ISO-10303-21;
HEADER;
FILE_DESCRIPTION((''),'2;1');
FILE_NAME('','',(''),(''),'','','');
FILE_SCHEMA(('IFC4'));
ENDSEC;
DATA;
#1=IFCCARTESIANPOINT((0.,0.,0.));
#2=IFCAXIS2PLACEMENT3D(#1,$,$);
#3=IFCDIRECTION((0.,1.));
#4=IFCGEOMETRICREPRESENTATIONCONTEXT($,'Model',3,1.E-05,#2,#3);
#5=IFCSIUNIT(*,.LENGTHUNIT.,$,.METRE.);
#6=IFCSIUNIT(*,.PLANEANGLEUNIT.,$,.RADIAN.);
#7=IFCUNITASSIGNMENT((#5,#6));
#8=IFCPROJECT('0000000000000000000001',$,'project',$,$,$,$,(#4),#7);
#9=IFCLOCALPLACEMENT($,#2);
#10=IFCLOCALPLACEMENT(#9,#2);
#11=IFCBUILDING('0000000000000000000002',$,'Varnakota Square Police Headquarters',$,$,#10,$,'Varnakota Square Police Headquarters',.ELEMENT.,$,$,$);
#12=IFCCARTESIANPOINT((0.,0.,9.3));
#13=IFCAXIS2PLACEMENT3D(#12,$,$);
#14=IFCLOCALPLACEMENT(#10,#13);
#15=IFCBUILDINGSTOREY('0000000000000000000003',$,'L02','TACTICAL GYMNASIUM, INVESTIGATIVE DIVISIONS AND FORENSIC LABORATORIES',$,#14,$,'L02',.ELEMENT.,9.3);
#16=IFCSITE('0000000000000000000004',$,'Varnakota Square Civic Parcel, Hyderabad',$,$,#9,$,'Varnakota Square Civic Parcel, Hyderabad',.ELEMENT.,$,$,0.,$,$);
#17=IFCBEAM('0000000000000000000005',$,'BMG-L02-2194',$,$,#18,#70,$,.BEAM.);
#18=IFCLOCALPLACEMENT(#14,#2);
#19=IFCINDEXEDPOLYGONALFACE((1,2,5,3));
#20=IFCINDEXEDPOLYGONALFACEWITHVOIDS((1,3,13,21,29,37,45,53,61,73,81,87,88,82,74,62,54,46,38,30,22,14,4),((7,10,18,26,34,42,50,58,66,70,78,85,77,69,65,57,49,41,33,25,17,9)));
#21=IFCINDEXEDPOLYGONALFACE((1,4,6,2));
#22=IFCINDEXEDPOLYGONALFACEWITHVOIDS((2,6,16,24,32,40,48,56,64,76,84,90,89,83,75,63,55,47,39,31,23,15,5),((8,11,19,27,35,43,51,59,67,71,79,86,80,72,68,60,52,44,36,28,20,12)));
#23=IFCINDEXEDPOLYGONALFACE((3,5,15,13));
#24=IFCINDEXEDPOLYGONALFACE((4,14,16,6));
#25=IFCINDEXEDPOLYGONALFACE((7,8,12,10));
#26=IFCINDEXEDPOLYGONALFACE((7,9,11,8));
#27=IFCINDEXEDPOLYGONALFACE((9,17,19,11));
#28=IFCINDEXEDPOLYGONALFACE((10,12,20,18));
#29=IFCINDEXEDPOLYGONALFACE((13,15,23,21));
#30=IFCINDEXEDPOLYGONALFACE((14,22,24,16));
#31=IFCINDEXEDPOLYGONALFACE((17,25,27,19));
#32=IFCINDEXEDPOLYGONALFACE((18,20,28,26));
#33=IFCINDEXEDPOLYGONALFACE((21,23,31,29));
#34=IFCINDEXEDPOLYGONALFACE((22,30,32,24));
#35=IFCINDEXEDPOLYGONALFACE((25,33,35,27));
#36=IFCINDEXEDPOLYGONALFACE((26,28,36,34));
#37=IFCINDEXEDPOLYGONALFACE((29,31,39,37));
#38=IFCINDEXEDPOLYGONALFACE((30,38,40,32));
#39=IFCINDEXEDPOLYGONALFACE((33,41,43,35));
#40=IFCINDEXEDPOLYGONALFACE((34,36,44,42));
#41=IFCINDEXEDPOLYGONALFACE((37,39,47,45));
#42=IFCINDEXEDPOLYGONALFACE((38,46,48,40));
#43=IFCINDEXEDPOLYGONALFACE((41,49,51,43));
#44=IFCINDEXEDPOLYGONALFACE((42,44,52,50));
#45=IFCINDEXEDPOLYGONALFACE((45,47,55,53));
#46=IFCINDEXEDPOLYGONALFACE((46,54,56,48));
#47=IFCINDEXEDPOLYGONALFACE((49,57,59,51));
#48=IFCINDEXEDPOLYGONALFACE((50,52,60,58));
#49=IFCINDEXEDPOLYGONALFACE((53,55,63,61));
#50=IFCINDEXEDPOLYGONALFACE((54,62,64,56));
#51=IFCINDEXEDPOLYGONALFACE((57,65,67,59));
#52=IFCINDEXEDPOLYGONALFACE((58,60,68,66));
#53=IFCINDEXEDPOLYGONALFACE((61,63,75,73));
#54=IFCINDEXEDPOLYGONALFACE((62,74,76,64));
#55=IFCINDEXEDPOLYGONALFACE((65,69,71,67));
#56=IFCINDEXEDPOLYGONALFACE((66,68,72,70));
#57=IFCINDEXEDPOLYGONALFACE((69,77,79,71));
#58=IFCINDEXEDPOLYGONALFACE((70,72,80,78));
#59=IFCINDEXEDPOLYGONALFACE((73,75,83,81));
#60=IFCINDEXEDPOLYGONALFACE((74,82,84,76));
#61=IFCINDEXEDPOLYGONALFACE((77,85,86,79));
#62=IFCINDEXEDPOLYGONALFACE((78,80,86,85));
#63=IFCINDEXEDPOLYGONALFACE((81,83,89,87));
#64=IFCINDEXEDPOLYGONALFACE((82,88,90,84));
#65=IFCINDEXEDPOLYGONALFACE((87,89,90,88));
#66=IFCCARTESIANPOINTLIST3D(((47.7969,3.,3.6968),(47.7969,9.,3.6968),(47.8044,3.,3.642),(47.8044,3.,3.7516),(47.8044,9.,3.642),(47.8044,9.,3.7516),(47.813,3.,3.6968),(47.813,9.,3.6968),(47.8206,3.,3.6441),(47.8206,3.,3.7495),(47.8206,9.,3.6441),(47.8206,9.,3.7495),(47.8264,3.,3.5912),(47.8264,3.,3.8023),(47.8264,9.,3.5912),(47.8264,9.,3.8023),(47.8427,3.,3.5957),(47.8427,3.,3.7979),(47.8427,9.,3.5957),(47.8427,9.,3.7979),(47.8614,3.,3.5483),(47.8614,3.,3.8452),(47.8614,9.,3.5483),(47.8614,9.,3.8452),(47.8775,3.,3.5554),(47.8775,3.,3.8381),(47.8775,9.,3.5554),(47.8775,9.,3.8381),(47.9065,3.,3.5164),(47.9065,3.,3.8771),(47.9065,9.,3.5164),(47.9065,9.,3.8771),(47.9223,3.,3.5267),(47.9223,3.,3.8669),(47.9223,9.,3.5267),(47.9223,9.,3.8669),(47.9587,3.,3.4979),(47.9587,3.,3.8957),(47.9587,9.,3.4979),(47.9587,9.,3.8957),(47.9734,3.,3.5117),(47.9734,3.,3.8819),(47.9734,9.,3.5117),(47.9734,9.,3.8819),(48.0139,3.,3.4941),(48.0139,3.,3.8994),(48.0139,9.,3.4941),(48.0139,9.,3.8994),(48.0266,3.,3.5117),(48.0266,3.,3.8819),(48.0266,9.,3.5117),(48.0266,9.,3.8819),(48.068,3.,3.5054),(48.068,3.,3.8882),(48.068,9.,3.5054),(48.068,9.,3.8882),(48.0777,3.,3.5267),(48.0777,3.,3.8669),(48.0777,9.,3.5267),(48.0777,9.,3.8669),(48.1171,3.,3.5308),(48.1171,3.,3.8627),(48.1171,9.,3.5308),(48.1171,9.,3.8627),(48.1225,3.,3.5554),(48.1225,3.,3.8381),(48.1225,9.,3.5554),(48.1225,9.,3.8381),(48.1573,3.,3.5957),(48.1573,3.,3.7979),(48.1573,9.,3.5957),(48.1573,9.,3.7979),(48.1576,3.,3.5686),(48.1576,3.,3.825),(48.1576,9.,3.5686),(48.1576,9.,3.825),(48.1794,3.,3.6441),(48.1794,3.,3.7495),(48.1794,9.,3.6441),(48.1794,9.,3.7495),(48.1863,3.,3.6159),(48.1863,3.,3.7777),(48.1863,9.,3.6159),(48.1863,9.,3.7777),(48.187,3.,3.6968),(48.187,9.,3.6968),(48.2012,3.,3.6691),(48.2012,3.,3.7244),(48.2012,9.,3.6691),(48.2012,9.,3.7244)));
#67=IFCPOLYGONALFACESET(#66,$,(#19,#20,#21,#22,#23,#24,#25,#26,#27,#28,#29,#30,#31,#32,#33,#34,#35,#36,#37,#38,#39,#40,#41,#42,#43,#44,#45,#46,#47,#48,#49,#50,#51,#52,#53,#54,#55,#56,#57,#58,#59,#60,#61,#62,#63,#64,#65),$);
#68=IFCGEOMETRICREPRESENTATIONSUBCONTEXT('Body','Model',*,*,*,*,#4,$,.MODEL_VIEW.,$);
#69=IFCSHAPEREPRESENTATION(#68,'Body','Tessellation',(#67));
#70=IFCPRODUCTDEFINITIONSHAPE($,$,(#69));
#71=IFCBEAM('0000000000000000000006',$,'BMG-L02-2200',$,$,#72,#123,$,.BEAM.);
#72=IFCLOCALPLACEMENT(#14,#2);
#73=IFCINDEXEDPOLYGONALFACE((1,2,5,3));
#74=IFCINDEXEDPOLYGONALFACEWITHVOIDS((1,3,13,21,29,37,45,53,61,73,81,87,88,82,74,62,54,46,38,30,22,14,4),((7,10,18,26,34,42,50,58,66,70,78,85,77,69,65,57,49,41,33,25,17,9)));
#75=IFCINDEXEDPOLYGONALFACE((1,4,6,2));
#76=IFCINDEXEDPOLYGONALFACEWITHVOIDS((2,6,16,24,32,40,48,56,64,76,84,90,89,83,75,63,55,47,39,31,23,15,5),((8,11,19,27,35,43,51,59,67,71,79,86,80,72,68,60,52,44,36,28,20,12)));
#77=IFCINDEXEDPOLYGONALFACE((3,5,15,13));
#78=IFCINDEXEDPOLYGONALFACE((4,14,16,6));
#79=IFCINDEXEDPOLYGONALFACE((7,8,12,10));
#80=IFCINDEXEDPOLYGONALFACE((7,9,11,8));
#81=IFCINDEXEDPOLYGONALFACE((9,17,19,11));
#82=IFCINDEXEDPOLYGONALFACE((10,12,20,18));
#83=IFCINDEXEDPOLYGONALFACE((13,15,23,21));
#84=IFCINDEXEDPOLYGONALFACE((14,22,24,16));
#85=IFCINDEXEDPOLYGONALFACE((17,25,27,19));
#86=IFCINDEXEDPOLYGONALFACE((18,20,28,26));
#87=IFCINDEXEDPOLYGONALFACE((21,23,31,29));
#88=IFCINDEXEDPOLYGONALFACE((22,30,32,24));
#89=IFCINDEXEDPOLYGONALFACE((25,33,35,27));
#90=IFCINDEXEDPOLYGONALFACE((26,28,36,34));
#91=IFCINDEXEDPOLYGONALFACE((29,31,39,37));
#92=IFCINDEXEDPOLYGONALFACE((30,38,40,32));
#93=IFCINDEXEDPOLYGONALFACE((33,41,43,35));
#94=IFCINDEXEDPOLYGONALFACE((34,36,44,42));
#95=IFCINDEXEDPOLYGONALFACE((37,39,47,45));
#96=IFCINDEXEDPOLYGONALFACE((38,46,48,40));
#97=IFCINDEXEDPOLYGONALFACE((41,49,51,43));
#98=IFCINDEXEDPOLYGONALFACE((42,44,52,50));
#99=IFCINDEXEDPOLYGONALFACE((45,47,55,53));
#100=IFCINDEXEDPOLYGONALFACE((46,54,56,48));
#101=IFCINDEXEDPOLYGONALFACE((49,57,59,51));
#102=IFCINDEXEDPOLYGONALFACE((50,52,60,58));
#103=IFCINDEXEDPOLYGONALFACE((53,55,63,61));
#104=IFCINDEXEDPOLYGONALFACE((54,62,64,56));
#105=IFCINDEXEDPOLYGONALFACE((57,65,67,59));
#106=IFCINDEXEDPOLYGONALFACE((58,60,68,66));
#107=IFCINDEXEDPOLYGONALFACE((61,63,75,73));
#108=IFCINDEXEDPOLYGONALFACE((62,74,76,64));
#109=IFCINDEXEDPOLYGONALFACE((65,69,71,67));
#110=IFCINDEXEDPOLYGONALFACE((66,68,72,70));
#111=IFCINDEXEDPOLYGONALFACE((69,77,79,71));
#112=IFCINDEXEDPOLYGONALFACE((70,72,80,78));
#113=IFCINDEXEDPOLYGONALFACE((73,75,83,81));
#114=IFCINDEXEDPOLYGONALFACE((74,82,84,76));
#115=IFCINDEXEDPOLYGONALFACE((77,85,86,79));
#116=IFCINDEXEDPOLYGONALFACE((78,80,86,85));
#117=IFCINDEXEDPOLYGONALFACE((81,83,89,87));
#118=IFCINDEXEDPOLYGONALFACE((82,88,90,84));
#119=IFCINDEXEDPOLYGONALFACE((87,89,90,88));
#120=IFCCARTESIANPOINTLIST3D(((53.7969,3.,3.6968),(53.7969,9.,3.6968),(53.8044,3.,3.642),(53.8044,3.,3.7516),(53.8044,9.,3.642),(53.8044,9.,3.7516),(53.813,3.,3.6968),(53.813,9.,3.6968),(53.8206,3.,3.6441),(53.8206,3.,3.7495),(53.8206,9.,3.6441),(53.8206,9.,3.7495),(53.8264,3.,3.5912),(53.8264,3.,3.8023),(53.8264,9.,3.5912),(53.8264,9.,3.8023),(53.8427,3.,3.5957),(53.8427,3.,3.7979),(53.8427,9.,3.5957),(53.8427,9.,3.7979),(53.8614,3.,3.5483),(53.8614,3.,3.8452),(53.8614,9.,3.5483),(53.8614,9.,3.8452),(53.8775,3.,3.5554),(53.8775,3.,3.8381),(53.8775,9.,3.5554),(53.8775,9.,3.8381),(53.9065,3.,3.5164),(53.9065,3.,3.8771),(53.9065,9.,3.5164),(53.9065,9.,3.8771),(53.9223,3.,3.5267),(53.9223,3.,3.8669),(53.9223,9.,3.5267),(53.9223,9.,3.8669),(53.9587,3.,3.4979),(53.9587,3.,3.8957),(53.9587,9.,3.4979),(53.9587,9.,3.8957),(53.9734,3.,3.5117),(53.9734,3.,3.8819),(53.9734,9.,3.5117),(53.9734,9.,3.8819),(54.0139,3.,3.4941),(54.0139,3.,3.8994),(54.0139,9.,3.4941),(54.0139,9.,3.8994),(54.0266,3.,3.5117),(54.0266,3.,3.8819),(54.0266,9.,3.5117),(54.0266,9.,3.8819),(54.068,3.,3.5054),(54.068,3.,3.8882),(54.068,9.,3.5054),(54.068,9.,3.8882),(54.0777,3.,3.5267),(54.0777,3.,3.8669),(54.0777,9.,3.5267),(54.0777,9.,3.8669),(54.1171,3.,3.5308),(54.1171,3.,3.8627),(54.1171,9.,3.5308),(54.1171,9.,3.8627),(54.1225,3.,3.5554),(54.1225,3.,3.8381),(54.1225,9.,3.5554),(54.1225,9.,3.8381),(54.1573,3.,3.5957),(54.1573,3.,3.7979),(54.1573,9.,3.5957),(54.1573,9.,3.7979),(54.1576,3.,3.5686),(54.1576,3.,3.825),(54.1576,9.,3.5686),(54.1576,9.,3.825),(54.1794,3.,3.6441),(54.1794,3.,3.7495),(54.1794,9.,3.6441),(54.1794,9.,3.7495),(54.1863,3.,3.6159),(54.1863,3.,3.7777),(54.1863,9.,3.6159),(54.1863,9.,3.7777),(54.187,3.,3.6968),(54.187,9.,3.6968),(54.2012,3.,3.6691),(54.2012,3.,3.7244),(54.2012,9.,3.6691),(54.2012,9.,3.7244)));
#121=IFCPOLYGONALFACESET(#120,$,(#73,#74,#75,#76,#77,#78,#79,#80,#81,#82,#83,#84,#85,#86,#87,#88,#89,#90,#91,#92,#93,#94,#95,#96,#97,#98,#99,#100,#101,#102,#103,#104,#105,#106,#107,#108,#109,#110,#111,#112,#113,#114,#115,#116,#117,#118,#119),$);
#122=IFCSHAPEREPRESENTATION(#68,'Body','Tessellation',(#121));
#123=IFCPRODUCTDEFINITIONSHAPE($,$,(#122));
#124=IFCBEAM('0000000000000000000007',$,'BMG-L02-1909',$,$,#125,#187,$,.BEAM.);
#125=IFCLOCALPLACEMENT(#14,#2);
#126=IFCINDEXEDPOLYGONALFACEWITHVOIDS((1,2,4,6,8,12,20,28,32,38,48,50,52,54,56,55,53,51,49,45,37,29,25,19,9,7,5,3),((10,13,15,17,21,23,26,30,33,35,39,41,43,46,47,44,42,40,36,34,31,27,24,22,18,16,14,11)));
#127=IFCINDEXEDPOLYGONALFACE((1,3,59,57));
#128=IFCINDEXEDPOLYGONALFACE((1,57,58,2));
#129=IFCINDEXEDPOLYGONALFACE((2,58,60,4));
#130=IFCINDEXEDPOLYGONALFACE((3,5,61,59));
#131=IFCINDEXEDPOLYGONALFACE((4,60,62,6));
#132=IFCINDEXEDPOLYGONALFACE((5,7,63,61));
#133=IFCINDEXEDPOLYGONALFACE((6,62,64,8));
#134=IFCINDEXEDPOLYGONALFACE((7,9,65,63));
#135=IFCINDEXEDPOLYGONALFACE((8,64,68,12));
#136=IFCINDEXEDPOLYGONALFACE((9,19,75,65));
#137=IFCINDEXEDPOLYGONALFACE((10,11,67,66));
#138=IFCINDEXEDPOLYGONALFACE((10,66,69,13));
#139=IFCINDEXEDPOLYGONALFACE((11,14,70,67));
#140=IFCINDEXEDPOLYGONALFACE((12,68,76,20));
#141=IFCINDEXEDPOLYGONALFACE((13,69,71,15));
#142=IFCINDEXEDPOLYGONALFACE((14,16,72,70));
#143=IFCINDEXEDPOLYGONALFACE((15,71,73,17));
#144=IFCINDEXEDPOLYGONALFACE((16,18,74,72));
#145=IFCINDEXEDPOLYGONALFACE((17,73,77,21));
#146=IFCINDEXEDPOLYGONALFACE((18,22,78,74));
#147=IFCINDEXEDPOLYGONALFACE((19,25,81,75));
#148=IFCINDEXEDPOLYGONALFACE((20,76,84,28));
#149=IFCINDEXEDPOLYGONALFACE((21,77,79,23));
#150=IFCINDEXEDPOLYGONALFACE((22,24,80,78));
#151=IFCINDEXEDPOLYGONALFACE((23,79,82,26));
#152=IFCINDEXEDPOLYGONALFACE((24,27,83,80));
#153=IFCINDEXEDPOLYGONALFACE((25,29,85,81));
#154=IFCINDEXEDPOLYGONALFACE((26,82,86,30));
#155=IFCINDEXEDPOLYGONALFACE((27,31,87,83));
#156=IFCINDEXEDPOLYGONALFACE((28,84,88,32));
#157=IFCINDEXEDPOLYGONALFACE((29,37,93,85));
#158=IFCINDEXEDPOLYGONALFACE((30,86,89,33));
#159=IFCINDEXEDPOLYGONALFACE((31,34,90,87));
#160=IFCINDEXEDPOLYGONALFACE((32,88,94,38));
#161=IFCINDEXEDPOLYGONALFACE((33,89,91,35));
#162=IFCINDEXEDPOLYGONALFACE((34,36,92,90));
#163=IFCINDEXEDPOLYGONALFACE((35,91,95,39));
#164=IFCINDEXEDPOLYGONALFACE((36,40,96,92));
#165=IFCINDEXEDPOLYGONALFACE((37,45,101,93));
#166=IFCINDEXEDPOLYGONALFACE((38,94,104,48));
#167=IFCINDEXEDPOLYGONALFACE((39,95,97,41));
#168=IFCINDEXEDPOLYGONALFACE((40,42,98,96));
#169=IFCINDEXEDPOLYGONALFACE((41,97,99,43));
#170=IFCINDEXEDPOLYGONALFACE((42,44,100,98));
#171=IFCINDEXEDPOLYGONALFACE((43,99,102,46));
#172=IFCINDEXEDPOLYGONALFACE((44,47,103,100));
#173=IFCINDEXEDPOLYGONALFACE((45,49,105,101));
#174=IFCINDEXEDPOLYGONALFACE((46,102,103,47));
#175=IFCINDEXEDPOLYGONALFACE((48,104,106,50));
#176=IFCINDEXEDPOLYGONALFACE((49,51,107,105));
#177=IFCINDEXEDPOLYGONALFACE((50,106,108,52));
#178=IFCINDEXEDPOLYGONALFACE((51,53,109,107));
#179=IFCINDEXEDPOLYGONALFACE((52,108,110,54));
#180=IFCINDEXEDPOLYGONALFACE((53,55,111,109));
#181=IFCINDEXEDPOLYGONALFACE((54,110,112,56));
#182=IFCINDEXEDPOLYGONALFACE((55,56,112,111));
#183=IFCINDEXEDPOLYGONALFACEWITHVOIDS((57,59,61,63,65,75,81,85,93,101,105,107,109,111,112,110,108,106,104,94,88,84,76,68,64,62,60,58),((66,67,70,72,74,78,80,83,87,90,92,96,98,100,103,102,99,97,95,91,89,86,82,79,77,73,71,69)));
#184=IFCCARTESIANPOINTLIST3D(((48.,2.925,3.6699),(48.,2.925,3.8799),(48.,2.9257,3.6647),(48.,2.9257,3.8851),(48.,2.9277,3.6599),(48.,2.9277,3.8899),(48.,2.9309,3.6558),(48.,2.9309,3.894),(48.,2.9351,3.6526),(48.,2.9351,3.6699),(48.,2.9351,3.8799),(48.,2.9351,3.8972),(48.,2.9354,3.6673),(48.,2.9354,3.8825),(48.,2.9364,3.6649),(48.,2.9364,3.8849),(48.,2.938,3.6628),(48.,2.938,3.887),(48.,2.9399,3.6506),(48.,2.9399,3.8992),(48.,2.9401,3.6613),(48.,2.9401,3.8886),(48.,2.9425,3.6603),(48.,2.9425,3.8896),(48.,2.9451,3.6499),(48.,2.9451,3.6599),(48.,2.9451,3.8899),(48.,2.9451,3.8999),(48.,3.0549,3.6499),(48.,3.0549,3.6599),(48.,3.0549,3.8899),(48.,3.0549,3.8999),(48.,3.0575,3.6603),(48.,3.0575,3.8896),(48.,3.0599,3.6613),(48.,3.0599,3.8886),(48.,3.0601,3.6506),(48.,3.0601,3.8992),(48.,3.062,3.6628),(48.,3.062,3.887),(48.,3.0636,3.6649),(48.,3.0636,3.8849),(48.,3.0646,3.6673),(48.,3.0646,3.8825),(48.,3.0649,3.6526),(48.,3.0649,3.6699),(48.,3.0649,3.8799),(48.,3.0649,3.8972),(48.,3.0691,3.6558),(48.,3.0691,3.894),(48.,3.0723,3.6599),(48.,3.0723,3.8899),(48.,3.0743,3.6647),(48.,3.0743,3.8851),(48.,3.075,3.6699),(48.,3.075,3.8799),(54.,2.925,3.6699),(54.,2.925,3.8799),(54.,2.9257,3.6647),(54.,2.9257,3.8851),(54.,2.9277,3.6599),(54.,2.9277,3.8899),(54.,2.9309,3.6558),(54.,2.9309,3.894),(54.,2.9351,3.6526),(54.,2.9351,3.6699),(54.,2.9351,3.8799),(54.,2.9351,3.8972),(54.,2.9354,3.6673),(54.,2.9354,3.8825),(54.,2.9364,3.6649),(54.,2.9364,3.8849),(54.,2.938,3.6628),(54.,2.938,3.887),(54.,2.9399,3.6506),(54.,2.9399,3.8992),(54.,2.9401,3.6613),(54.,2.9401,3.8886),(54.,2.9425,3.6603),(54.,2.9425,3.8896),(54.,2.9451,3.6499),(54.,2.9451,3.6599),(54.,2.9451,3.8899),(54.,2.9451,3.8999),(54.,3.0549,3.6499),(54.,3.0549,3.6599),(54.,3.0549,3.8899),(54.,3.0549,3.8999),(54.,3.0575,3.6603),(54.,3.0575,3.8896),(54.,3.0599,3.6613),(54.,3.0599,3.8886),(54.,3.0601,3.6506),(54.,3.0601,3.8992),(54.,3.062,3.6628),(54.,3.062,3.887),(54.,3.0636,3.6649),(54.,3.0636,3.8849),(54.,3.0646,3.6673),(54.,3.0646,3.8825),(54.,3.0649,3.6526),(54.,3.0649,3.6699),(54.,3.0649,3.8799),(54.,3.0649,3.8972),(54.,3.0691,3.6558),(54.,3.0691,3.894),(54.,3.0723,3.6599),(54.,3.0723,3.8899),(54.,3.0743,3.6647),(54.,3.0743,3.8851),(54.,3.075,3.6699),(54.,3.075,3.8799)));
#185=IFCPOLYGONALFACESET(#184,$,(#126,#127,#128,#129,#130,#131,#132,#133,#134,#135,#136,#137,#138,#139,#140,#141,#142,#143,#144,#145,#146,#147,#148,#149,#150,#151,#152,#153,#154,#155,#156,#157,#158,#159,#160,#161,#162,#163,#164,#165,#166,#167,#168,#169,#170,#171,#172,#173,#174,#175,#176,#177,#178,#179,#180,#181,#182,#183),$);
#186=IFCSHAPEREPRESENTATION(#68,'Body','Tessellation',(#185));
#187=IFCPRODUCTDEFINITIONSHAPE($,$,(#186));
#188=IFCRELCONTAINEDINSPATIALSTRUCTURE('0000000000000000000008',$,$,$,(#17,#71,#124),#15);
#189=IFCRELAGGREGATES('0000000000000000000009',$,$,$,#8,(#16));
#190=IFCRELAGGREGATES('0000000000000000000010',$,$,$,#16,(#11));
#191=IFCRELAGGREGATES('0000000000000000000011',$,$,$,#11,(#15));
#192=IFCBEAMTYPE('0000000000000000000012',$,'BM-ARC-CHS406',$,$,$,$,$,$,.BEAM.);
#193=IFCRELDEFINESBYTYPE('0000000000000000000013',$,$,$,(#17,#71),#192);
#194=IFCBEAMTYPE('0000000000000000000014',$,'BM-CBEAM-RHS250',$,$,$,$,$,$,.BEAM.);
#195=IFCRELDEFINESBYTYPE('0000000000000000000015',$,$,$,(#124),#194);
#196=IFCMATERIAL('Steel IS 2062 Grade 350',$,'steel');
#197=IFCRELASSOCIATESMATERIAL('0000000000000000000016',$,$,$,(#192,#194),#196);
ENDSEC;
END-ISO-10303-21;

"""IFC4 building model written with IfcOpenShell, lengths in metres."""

from ifc_helpers import new_model, si_unit, direction, frame, origin, origin_2d, place, context, subcontext, project, spatial, hollow_rectangle, hollow_circle, extrude, material, material_profile, profile_set, type_object, element, save


model = new_model("IFC4")

# Units and contexts
model_context = context("Model", 3, precision=1e-05, world=origin(), true_north=direction((0.0, 1.0)))
body_context = subcontext(model_context, "Body", "Model", "MODEL_VIEW")
ifc_project = project(units=[si_unit("LENGTHUNIT", "METRE"), si_unit("PLANEANGLEUNIT", "RADIAN")], contexts=[model_context])

# Site, building, storey
site_placement = place(None, origin())
site = spatial("IfcSite", under=ifc_project, at=site_placement, Name="Varnakota Square Civic Parcel, Hyderabad", LongName="Varnakota Square Civic Parcel, Hyderabad", CompositionType="ELEMENT", RefElevation=0.0)
building_placement = place(site_placement, origin())
building = spatial("IfcBuilding", under=site, at=building_placement, Name="Varnakota Square Police Headquarters", LongName="Varnakota Square Police Headquarters", CompositionType="ELEMENT")
storey_placement = place(building_placement, frame((0.0, 0.0, 9.3)))
storey = spatial("IfcBuildingStorey", under=building, at=storey_placement, Name="L02", Description="TACTICAL GYMNASIUM, INVESTIGATIVE DIVISIONS AND FORENSIC LABORATORIES", LongName="L02", CompositionType="ELEMENT", Elevation=9.3)

# Shared definitions
ifc_material_1 = material(Name="Steel IS 2062 Grade 350", Category="steel")

# Beams
ifc_material_profile_1 = material_profile(ifc_material_1, hollow_circle(Radius=0.2031, WallThickness=0.0161, at=origin_2d()), Name="CHS 406.4x16.0")
ifc_profile_set_1 = profile_set([ifc_material_profile_1], Name="Steel IS 2062 Grade 350")
beam_type_1 = type_object("IfcBeamType", Name="BM-ARC-CHS406", PredefinedType="BEAM", material=ifc_profile_set_1)
for number, where, z_axis, x_axis, name in (
    (1, (48.0, 3.0, 3.6968), (0.0, 1.0, 0.0), (-1.0, 0.0, 0.0), "BMG-L02-2194"),
    (2, (54.0, 3.0, 3.6968), (0.0, 1.0, 0.0), (-1.0, 0.0, 0.0), "BMG-L02-2200"),
):
    element("IfcBeam", number, at=place(storey_placement, frame(where, z_axis=z_axis, x_axis=x_axis)), inside=storey, type_object=beam_type_1, Name=name, PredefinedType="BEAM", context=body_context, shape_type="SweptSolid", body=[
        extrude(hollow_circle(Radius=0.2031, WallThickness=0.0161, at=origin_2d()), origin(), (0.0, 0.0, 1.0), 6.0),
    ])
ifc_material_profile_2 = material_profile(ifc_material_1, hollow_rectangle(XDim=0.1499, YDim=0.25, WallThickness=0.01, InnerFilletRadius=0.01, OuterFilletRadius=0.02, at=origin_2d()), Name="RHS 250x150x10")
ifc_profile_set_2 = profile_set([ifc_material_profile_2], Name="Steel IS 2062 Grade 350")
beam_type_2 = type_object("IfcBeamType", Name="BM-CBEAM-RHS250", PredefinedType="BEAM", material=ifc_profile_set_2)
beam_1_placement = place(storey_placement, frame((48.0, 3.0, 3.7749), z_axis=(1.0, 0.0, 0.0), x_axis=(0.0, 1.0, 0.0)))
element("IfcBeam", 3, at=beam_1_placement, inside=storey, type_object=beam_type_2, Name="BMG-L02-1909", PredefinedType="BEAM", context=body_context, shape_type="SweptSolid", body=[
    extrude(hollow_rectangle(XDim=0.1499, YDim=0.25, WallThickness=0.01, InnerFilletRadius=0.01, OuterFilletRadius=0.02, at=origin_2d()), origin(), (0.0, 0.0, 1.0), 6.0),
])

save(model, "model.ifc")
